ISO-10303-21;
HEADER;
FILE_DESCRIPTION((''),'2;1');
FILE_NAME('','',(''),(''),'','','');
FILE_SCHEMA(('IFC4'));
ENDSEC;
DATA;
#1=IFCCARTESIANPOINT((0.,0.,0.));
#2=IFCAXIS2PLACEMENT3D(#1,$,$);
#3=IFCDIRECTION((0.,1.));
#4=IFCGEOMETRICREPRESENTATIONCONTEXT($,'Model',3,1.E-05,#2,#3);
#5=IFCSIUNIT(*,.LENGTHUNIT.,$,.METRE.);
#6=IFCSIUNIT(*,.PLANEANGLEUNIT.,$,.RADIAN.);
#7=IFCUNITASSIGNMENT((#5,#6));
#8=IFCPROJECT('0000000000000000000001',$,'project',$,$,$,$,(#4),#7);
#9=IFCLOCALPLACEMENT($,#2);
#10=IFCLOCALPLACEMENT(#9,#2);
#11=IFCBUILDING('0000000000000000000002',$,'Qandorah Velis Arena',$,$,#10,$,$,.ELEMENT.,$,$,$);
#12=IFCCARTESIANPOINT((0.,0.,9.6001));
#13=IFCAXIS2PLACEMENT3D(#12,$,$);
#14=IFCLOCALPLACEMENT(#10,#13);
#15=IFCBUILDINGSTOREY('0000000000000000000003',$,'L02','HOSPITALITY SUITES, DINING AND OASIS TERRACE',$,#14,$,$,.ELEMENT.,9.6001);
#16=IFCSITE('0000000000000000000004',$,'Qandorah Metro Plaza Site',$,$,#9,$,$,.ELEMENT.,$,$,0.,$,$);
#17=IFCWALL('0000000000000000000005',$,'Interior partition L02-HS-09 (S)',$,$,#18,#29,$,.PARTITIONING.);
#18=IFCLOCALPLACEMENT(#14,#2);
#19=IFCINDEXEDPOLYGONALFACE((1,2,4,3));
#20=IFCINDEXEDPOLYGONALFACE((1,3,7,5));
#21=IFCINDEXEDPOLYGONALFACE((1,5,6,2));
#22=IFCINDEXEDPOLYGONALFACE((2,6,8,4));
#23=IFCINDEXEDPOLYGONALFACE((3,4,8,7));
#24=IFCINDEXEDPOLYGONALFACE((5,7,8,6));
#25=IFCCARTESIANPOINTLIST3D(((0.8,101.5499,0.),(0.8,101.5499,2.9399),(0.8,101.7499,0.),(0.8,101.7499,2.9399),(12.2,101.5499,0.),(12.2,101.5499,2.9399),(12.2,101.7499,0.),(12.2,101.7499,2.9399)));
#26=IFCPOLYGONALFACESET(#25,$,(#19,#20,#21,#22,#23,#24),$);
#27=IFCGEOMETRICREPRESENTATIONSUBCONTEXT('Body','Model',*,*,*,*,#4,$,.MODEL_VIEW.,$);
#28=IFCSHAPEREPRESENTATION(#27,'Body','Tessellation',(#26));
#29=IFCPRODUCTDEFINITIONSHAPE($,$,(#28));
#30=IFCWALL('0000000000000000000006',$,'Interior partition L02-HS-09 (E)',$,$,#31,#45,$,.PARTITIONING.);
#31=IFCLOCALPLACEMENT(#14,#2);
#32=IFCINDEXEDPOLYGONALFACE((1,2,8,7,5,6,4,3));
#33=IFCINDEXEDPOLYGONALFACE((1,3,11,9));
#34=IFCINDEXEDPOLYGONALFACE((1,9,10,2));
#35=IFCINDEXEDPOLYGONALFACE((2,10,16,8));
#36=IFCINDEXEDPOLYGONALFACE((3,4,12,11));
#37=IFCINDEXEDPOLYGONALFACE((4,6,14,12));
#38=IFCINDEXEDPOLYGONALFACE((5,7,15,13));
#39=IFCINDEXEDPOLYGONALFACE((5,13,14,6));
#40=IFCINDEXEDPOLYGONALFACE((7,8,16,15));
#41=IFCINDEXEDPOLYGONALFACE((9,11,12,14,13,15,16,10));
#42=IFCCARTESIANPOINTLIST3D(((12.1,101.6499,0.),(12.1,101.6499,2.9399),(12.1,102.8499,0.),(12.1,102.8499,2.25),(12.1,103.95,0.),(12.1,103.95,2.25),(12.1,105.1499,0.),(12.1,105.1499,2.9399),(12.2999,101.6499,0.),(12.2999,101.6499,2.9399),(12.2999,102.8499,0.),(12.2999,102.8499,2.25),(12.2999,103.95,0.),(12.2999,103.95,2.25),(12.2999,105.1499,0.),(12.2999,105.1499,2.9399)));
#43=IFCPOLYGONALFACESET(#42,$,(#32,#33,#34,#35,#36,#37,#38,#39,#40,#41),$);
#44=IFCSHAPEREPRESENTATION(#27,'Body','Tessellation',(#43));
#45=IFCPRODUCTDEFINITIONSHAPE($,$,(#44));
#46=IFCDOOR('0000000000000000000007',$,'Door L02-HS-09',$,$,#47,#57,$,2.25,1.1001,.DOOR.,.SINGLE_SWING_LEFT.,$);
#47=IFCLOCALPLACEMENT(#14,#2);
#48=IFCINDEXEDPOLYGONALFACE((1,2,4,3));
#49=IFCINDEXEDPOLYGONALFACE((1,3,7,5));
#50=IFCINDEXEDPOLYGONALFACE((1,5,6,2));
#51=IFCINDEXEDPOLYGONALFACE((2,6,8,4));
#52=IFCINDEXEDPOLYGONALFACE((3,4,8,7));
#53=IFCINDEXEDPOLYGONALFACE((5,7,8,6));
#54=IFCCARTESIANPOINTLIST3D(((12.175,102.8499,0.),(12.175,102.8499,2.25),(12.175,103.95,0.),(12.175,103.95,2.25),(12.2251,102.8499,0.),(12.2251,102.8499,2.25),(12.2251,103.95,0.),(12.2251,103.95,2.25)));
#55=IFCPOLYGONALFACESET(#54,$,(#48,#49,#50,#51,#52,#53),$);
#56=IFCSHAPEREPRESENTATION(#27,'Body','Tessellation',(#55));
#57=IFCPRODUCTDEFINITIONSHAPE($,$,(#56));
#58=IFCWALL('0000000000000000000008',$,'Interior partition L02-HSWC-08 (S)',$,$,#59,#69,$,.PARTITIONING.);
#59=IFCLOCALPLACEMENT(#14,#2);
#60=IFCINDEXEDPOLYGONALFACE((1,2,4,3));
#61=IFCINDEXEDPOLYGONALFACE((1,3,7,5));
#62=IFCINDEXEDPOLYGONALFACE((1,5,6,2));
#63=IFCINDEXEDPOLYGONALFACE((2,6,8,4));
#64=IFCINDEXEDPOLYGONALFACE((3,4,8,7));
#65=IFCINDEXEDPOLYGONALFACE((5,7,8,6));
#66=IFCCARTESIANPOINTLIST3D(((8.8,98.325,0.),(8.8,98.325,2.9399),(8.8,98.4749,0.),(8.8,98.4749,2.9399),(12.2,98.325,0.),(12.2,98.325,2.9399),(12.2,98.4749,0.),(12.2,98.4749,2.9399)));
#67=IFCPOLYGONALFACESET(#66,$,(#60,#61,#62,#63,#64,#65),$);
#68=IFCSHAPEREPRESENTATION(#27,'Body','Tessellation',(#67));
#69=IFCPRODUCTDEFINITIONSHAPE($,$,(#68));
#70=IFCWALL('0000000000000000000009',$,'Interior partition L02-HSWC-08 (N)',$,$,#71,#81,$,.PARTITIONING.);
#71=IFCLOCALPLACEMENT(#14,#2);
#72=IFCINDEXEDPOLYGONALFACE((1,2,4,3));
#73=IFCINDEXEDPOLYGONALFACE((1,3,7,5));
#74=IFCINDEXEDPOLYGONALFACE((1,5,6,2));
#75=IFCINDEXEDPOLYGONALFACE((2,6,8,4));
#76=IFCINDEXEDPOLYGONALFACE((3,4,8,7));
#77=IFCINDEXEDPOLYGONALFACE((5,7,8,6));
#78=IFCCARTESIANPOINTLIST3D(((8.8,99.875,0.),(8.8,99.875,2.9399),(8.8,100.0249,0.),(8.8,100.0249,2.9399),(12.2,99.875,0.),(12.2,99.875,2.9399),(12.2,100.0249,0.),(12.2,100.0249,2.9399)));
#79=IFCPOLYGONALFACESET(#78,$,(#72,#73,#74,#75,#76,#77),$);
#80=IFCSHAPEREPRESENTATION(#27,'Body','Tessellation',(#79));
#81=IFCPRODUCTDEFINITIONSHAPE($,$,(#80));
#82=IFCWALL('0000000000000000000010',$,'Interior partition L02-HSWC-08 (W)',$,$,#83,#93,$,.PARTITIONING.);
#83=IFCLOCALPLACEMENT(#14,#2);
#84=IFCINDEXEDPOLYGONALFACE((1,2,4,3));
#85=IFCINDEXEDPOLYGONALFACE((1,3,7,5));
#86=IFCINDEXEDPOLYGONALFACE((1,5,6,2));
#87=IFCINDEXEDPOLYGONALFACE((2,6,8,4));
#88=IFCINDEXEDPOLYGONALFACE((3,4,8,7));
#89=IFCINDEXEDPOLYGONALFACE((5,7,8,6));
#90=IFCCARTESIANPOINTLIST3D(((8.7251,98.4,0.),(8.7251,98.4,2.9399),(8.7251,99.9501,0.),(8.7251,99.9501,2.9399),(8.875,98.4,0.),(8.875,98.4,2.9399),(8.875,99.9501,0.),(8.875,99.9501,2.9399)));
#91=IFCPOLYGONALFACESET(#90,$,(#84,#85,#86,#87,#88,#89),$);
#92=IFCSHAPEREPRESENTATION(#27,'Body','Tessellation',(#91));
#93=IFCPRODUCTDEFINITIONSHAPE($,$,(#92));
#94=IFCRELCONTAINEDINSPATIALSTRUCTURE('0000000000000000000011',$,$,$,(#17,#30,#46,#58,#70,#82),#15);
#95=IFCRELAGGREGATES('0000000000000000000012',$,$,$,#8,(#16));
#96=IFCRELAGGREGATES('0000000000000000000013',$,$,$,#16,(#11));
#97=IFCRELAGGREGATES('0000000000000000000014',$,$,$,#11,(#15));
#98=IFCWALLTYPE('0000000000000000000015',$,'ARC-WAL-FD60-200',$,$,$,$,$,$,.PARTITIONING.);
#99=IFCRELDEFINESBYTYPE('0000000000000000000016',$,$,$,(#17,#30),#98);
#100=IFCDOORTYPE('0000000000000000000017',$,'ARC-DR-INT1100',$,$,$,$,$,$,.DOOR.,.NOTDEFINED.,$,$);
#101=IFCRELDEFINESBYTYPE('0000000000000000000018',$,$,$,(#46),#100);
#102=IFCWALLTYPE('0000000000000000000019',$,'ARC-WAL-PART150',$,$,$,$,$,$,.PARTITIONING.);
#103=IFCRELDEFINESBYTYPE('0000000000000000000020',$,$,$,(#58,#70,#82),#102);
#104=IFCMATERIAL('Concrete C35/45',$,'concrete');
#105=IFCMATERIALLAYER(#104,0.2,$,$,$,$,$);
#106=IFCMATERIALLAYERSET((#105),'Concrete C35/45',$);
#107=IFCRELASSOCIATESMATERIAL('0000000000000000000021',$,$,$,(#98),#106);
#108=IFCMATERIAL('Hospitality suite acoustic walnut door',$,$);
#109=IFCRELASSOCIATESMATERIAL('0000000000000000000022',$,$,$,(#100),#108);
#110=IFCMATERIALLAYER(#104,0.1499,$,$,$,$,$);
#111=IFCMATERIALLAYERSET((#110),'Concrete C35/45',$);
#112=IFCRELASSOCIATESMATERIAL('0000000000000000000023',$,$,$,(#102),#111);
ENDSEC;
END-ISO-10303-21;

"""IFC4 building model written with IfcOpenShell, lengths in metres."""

from ifc_helpers import new_model, si_unit, direction, frame, frame_2d, origin, place, context, subcontext, project, spatial, rectangle, extrude, material, layer, layer_set, type_object, element, fill, save


model = new_model("IFC4")

# Units and contexts
model_context = context("Model", 3, precision=1e-05, world=origin(), true_north=direction((0.0, 1.0)))
body_context = subcontext(model_context, "Body", "Model", "MODEL_VIEW")
ifc_project = project(units=[si_unit("LENGTHUNIT", "METRE"), si_unit("PLANEANGLEUNIT", "RADIAN")], contexts=[model_context])

# Site, building, storey
site_placement = place(None, origin())
site = spatial("IfcSite", under=ifc_project, at=site_placement, Name="Qandorah Metro Plaza Site", CompositionType="ELEMENT", RefElevation=0.0)
building_placement = place(site_placement, origin())
building = spatial("IfcBuilding", under=site, at=building_placement, Name="Qandorah Velis Arena", CompositionType="ELEMENT")
storey_placement = place(building_placement, frame((0.0, 0.0, 9.6001)))
storey = spatial("IfcBuildingStorey", under=building, at=storey_placement, Name="L02", Description="HOSPITALITY SUITES, DINING AND OASIS TERRACE", CompositionType="ELEMENT", Elevation=9.6001)

# Shared definitions
ifc_material_1 = material(Name="Concrete C35/45", Category="concrete")
ifc_layer_1 = layer(ifc_material_1, 0.2)
ifc_layer_set_1 = layer_set([ifc_layer_1], Name="Concrete C35/45")
wall_type_1 = type_object("IfcWallType", Name="ARC-WAL-FD60-200", PredefinedType="PARTITIONING", material=ifc_layer_set_1)
ifc_material_2 = material(Name="Hospitality suite acoustic walnut door")
door_type_1 = type_object("IfcDoorType", Name="ARC-DR-INT1100", OperationType="NOTDEFINED", PredefinedType="DOOR", material=ifc_material_2)

# Wall
for number, where, z_axis, x_axis, name in (
    (1, (0.8, 101.6499, 0.0), (0.0, 0.0, 1.0), (1.0, 0.0, 0.0), "Interior partition L02-HS-09 (S)"),
):
    element("IfcWall", number, at=place(storey_placement, frame(where, z_axis=z_axis, x_axis=x_axis)), inside=storey, type_object=wall_type_1, Name=name, PredefinedType="PARTITIONING", context=body_context, shape_type="SweptSolid", body=[
        extrude(rectangle(XDim=11.3999, YDim=0.2, at=frame_2d((5.7, 0.0))), origin(), (0.0, 0.0, 1.0), 2.9399),
    ])

# Wall, opening, door
wall_1_placement = place(storey_placement, frame((12.2, 101.6499, 0.0), z_axis=(0.0, 0.0, 1.0), x_axis=(0.0, 1.0, 0.0)))
wall_1 = element("IfcWall", 2, at=wall_1_placement, inside=storey, type_object=wall_type_1, Name="Interior partition L02-HS-09 (E)", PredefinedType="PARTITIONING", context=body_context, shape_type="SweptSolid", body=[
    extrude(rectangle(XDim=3.5, YDim=0.2, at=frame_2d((1.75, 0.0))), origin(), (0.0, 0.0, 1.0), 2.9399),
])
opening_1_placement = place(wall_1_placement, frame((1.2, 0.0, 0.0)))
opening_1 = element("IfcOpeningElement", 3, at=opening_1_placement, cuts=wall_1, PredefinedType="OPENING", context=body_context, shape_type="SweptSolid", body=[
    extrude(rectangle(XDim=1.1001, YDim=2.25, at=frame_2d((0.55, 1.125))), frame((0.0, 0.1099, 0.0), z_axis=(0.0, -1.0, 0.0), x_axis=(1.0, 0.0, 0.0)), (0.0, 0.0, 1.0), 0.22),
])
door_1_placement = place(opening_1_placement, origin())
door_1 = element("IfcDoor", 4, at=door_1_placement, inside=storey, type_object=door_type_1, Name="Door L02-HS-09", OperationType="SINGLE_SWING_LEFT", OverallHeight=2.25, OverallWidth=1.1001, PredefinedType="DOOR", context=body_context, shape_type="SweptSolid", body=[
    extrude(rectangle(XDim=1.1001, YDim=2.25, at=frame_2d((0.55, 1.125))), frame((0.0, 0.0249, 0.0), z_axis=(0.0, -1.0, 0.0), x_axis=(1.0, 0.0, 0.0)), (0.0, 0.0, 1.0), 0.05),
])
fill(opening_1, door_1)

# Wall
ifc_layer_2 = layer(ifc_material_1, 0.1499)
ifc_layer_set_2 = layer_set([ifc_layer_2], Name="Concrete C35/45")
wall_type_2 = type_object("IfcWallType", Name="ARC-WAL-PART150", PredefinedType="PARTITIONING", material=ifc_layer_set_2)
wall_2_placement = place(storey_placement, frame((8.8, 98.3999, 0.0), z_axis=(0.0, 0.0, 1.0), x_axis=(1.0, 0.0, 0.0)))
element("IfcWall", 5, at=wall_2_placement, inside=storey, type_object=wall_type_2, Name="Interior partition L02-HSWC-08 (S)", PredefinedType="PARTITIONING", context=body_context, shape_type="SweptSolid", body=[
    extrude(rectangle(XDim=3.3999, YDim=0.1499, at=frame_2d((1.7, 0.0))), origin(), (0.0, 0.0, 1.0), 2.9399),
])

# Walls
wall_3_placement = place(storey_placement, frame((12.2, 99.95, 0.0), z_axis=(0.0, 0.0, 1.0), x_axis=(-1.0, 0.0, 0.0)))
element("IfcWall", 6, at=wall_3_placement, inside=storey, type_object=wall_type_2, Name="Interior partition L02-HSWC-08 (N)", PredefinedType="PARTITIONING", context=body_context, shape_type="SweptSolid", body=[
    extrude(rectangle(XDim=3.3999, YDim=0.1499, at=frame_2d((1.7, 0.0))), origin(), (0.0, 0.0, 1.0), 2.9399),
])
wall_4_placement = place(storey_placement, frame((8.8, 99.95, 0.0), z_axis=(0.0, 0.0, 1.0), x_axis=(0.0, -1.0, 0.0)))
element("IfcWall", 7, at=wall_4_placement, inside=storey, type_object=wall_type_2, Name="Interior partition L02-HSWC-08 (W)", PredefinedType="PARTITIONING", context=body_context, shape_type="SweptSolid", body=[
    extrude(rectangle(XDim=1.55, YDim=0.1499, at=frame_2d((0.7749, 0.0))), origin(), (0.0, 0.0, 1.0), 2.9399),
])

save(model, "model.ifc")
